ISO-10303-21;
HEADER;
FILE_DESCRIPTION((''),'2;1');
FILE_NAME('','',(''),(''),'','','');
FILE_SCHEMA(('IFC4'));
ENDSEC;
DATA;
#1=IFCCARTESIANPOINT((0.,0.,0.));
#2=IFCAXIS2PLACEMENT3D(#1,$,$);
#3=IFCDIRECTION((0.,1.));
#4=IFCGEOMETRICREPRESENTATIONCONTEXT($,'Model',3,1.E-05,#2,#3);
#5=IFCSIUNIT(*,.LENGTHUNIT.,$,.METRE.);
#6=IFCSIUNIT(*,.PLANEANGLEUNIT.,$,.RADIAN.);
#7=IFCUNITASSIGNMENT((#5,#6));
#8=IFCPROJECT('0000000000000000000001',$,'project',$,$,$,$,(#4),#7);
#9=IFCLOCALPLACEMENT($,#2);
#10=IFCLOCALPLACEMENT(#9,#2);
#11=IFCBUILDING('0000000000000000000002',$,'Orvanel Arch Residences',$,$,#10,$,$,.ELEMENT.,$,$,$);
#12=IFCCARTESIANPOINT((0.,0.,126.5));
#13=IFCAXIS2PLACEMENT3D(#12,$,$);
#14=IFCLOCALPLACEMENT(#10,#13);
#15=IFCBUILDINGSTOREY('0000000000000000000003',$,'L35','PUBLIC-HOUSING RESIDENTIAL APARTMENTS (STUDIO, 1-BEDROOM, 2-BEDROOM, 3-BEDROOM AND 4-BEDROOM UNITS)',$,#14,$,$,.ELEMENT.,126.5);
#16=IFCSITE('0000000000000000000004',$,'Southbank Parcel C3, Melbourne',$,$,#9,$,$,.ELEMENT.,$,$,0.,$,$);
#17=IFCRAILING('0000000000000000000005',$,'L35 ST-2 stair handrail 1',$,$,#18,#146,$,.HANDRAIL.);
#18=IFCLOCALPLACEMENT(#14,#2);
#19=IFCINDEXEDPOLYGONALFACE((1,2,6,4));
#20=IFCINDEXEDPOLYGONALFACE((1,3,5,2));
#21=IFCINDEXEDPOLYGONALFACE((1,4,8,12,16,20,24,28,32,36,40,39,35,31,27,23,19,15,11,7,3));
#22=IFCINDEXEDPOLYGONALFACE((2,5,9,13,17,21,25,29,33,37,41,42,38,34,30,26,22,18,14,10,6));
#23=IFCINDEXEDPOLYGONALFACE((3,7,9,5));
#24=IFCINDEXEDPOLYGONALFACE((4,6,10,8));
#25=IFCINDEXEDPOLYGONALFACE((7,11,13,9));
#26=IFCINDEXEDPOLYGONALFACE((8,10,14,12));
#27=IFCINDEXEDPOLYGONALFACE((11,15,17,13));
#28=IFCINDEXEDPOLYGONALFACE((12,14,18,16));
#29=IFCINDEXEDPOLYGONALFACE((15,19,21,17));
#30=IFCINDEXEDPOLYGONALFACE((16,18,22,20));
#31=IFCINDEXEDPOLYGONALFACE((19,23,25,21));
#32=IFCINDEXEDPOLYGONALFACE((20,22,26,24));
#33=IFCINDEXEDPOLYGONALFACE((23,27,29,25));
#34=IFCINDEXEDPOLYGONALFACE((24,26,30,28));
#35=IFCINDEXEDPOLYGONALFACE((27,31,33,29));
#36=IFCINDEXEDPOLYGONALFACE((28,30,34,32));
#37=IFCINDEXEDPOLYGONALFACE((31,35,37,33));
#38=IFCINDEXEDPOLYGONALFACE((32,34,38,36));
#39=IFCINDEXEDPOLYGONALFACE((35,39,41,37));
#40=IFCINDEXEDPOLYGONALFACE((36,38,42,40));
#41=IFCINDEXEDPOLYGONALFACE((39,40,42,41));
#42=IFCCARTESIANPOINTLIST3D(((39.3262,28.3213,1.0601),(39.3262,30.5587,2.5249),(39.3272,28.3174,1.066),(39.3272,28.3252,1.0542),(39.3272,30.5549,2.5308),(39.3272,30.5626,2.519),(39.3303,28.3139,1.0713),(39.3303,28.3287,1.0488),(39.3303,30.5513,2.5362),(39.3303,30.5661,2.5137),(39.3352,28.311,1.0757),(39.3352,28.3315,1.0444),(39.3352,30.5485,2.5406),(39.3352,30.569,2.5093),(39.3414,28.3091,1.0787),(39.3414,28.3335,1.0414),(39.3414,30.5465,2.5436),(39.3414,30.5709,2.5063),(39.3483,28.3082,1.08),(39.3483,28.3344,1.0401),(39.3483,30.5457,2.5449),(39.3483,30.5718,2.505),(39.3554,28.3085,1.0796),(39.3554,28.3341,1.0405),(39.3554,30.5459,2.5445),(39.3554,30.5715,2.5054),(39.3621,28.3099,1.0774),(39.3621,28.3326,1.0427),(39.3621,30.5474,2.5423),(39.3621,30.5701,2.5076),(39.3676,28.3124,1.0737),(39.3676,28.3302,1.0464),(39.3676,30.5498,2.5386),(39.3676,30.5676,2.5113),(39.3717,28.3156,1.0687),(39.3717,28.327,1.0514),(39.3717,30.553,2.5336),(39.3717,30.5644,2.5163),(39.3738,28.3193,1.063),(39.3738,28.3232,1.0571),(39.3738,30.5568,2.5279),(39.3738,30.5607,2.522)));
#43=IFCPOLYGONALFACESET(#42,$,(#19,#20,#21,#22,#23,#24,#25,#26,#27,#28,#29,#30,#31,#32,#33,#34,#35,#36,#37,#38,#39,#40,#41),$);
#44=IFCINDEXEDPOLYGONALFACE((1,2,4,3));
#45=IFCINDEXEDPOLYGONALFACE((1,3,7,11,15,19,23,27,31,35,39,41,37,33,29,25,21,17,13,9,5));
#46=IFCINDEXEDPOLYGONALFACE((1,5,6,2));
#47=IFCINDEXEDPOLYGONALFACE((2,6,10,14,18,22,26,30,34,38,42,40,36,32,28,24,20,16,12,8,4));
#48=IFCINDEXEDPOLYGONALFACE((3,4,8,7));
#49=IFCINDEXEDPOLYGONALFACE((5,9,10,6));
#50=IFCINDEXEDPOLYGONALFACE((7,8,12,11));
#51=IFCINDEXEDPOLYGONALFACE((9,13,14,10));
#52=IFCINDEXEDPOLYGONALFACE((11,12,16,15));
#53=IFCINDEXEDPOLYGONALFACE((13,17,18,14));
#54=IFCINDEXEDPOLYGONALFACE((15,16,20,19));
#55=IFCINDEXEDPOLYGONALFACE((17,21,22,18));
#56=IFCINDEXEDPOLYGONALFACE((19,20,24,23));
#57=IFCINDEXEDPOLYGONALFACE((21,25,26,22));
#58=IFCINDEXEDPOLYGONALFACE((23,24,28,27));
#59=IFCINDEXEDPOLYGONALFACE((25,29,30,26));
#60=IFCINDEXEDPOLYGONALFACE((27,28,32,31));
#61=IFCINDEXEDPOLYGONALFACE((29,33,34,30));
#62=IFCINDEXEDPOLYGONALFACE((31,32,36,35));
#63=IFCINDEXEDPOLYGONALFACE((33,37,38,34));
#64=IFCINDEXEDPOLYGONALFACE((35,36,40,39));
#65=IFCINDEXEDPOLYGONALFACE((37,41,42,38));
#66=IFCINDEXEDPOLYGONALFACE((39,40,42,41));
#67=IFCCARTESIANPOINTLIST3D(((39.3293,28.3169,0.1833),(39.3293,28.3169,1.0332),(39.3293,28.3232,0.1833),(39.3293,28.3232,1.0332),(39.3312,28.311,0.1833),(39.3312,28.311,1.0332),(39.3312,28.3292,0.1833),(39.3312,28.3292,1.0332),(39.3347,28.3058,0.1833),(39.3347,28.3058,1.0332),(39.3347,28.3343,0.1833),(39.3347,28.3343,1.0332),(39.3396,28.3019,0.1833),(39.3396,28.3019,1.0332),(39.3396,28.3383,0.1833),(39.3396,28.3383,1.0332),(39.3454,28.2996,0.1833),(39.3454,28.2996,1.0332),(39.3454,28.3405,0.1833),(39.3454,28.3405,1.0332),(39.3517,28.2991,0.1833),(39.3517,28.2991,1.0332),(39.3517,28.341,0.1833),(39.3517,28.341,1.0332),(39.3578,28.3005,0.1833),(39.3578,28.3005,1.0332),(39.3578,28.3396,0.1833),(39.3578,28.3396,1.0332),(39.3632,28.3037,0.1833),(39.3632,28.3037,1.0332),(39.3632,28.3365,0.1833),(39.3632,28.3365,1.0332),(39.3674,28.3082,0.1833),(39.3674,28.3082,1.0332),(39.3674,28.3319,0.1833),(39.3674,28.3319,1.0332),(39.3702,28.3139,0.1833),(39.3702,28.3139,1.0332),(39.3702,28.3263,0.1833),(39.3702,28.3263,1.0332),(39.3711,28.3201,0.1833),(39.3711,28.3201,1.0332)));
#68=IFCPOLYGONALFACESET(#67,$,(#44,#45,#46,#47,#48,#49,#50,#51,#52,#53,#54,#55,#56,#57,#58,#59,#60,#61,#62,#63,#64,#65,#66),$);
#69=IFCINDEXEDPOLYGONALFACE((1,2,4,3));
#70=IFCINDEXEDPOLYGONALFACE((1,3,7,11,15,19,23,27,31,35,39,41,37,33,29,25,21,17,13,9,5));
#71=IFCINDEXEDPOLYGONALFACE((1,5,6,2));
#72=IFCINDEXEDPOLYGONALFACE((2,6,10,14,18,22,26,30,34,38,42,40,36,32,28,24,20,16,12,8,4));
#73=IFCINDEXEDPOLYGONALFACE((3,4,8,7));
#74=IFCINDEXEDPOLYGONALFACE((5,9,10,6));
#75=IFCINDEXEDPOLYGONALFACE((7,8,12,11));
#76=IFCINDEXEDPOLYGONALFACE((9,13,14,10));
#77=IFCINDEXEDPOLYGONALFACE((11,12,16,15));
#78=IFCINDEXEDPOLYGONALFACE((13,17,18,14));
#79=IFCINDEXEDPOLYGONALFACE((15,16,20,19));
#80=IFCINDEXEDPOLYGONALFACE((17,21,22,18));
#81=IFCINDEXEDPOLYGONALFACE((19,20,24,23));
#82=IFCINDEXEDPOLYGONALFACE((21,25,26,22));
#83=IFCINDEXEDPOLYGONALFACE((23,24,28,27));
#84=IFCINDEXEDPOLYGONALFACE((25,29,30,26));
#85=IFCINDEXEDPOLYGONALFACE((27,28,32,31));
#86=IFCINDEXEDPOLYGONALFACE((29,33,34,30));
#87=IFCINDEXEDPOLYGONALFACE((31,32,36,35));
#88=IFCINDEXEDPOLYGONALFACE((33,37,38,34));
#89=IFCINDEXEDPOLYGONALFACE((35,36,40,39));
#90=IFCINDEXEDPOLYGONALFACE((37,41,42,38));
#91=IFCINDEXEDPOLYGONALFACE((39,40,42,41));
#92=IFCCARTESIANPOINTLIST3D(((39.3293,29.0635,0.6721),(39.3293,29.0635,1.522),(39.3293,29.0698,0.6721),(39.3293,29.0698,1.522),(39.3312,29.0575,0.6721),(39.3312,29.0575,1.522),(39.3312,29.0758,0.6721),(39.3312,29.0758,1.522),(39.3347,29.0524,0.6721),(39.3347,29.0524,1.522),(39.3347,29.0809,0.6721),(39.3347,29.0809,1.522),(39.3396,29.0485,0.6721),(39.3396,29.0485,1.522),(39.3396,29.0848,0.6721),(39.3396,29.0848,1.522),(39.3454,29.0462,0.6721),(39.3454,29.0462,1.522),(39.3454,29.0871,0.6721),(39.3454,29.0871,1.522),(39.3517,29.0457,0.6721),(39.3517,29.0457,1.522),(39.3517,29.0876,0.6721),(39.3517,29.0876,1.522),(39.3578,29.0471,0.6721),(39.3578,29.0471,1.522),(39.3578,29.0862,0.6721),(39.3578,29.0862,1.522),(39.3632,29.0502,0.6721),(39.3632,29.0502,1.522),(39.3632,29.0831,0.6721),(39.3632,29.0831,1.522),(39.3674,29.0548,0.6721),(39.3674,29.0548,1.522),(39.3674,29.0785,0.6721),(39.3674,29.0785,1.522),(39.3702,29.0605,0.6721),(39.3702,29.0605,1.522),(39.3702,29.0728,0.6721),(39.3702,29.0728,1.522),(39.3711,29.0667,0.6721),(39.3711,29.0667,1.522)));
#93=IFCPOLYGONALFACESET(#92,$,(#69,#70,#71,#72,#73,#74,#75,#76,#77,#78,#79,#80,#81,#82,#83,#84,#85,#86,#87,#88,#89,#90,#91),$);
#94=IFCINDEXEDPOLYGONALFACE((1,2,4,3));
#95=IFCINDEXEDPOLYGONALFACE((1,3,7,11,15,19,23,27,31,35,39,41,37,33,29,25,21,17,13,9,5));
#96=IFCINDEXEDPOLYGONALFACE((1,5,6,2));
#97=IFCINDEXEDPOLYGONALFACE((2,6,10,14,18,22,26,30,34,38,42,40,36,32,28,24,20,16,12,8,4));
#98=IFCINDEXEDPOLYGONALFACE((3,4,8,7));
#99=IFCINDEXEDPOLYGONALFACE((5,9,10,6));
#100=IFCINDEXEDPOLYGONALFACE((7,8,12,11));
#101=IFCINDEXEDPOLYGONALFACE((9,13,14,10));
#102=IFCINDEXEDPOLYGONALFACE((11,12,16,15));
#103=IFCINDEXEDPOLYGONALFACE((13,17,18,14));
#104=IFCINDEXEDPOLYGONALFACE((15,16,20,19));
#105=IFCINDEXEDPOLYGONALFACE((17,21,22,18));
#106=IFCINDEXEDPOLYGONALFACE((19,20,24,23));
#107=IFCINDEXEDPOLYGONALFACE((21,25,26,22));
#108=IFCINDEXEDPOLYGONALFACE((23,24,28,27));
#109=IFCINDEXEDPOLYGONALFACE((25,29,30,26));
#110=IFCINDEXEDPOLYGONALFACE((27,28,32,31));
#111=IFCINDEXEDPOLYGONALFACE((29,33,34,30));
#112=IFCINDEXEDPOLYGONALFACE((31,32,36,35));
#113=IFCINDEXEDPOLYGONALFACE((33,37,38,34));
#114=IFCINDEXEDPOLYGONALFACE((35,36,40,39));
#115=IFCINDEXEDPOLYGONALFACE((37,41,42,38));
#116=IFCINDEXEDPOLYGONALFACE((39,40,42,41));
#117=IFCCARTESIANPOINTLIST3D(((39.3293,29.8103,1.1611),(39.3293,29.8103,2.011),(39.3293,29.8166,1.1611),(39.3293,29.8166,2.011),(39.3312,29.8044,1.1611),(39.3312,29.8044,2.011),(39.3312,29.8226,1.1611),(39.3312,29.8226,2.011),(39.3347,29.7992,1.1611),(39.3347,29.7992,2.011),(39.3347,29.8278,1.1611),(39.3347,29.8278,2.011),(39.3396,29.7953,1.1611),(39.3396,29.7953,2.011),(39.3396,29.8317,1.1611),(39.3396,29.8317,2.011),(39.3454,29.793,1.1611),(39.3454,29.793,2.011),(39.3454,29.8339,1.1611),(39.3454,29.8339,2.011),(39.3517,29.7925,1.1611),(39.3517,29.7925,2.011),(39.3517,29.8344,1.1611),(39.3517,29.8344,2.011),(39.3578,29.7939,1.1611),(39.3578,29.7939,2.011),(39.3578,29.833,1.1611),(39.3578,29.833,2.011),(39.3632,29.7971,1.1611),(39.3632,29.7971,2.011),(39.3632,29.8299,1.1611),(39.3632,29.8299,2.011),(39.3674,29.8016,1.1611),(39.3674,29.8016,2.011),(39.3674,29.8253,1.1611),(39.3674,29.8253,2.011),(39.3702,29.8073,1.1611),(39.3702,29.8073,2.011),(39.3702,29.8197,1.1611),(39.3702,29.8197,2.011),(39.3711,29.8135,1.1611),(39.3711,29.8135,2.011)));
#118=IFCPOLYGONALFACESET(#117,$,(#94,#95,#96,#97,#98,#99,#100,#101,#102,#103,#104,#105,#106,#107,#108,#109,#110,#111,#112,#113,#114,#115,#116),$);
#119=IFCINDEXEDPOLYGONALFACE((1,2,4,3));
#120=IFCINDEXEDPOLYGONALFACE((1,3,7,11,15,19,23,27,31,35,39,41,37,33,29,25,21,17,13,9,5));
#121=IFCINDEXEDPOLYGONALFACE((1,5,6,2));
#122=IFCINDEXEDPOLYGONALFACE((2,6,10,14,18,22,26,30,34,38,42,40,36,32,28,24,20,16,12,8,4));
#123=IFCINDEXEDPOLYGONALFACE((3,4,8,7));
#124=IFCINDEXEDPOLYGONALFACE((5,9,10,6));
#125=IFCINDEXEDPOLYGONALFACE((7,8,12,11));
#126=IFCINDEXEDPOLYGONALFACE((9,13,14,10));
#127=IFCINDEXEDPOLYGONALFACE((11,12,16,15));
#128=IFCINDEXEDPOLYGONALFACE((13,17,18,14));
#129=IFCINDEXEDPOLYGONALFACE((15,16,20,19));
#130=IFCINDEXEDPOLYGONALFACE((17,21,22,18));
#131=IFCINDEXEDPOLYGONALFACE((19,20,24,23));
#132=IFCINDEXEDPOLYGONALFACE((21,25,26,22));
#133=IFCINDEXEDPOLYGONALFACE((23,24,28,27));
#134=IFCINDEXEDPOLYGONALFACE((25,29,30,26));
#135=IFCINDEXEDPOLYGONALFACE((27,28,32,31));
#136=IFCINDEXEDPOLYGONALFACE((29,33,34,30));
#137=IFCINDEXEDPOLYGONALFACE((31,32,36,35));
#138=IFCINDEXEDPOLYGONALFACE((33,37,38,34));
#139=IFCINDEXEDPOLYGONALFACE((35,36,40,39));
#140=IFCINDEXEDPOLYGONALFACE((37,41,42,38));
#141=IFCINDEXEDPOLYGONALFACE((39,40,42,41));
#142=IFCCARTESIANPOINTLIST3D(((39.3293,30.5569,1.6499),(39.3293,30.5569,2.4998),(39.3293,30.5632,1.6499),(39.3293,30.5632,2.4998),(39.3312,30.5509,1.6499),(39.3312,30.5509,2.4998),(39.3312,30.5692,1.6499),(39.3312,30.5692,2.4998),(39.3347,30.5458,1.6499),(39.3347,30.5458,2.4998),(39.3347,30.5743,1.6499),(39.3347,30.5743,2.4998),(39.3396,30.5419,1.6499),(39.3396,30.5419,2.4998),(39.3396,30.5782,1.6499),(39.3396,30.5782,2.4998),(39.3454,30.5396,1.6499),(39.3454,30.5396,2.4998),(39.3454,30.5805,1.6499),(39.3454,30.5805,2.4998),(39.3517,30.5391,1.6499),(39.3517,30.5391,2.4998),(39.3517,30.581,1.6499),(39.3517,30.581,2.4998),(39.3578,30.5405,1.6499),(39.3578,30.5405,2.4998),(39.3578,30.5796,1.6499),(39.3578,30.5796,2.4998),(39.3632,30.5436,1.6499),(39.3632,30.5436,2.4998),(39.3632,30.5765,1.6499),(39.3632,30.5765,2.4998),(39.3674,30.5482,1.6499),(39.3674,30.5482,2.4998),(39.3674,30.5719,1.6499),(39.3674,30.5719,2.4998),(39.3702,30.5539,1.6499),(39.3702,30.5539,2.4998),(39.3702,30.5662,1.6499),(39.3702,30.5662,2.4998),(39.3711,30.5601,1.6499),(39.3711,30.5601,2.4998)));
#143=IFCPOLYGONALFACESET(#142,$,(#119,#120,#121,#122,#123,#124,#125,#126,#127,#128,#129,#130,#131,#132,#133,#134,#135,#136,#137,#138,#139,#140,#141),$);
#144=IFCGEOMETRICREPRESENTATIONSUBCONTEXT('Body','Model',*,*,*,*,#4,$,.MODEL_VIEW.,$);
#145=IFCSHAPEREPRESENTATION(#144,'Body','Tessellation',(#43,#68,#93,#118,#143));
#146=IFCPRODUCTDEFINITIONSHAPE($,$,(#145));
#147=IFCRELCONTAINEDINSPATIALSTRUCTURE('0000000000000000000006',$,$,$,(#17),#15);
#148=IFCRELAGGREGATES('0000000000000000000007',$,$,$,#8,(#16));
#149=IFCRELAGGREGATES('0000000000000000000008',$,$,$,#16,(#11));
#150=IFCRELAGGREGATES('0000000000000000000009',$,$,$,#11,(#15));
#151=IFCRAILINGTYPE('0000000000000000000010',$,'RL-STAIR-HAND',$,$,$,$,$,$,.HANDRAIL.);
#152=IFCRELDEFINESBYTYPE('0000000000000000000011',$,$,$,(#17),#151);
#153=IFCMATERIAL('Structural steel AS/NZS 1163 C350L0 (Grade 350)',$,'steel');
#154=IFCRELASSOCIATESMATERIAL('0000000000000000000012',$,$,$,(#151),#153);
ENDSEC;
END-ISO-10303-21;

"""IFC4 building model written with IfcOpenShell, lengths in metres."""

from ifc_helpers import new_model, si_unit, direction, frame, origin, origin_2d, place, context, subcontext, project, spatial, circle, extrude, material, type_object, element, save


model = new_model("IFC4")

# Units and contexts
model_context = context("Model", 3, precision=1e-05, world=origin(), true_north=direction((0.0, 1.0)))
body_context = subcontext(model_context, "Body", "Model", "MODEL_VIEW")
ifc_project = project(units=[si_unit("LENGTHUNIT", "METRE"), si_unit("PLANEANGLEUNIT", "RADIAN")], contexts=[model_context])

# Site, building, storey
site_placement = place(None, origin())
site = spatial("IfcSite", under=ifc_project, at=site_placement, Name="Southbank Parcel C3, Melbourne", CompositionType="ELEMENT", RefElevation=0.0)
building_placement = place(site_placement, origin())
building = spatial("IfcBuilding", under=site, at=building_placement, Name="Orvanel Arch Residences", CompositionType="ELEMENT")
storey_placement = place(building_placement, frame((0.0, 0.0, 126.5)))
storey = spatial("IfcBuildingStorey", under=building, at=storey_placement, Name="L35", Description="PUBLIC-HOUSING RESIDENTIAL APARTMENTS (STUDIO, 1-BEDROOM, 2-BEDROOM, 3-BEDROOM AND 4-BEDROOM UNITS)", CompositionType="ELEMENT", Elevation=126.5)

# Railing
ifc_material_1 = material(Name="Structural steel AS/NZS 1163 C350L0 (Grade 350)", Category="steel")
railing_type = type_object("IfcRailingType", Name="RL-STAIR-HAND", PredefinedType="HANDRAIL", material=ifc_material_1)
railing_placement = place(storey_placement, frame((39.3501, 28.3201, 0.1833)))
element("IfcRailing", 1, at=railing_placement, inside=storey, type_object=railing_type, Name="L35 ST-2 stair handrail 1", PredefinedType="HANDRAIL", context=body_context, shape_type="SweptSolid", body=[
    extrude(circle(Radius=0.0239, at=origin_2d()), frame((0.0, 0.0012, 0.8767), z_axis=(0.0, 0.836637, 0.547758), x_axis=(-1.0, 0.0, 0.0)), (0.0, 0.0, 1.0), 2.6743),
    extrude(circle(Radius=0.021, at=origin_2d()), origin(), (0.0, 0.0, 1.0), 0.8499),
    extrude(circle(Radius=0.021, at=origin_2d()), frame((0.0, 0.7466, 0.4888)), (0.0, 0.0, 1.0), 0.8499),
    extrude(circle(Radius=0.021, at=origin_2d()), frame((0.0, 1.4934, 0.9778)), (0.0, 0.0, 1.0), 0.8499),
    extrude(circle(Radius=0.021, at=origin_2d()), frame((0.0, 2.24, 1.4666)), (0.0, 0.0, 1.0), 0.8499),
])

save(model, "model.ifc")
